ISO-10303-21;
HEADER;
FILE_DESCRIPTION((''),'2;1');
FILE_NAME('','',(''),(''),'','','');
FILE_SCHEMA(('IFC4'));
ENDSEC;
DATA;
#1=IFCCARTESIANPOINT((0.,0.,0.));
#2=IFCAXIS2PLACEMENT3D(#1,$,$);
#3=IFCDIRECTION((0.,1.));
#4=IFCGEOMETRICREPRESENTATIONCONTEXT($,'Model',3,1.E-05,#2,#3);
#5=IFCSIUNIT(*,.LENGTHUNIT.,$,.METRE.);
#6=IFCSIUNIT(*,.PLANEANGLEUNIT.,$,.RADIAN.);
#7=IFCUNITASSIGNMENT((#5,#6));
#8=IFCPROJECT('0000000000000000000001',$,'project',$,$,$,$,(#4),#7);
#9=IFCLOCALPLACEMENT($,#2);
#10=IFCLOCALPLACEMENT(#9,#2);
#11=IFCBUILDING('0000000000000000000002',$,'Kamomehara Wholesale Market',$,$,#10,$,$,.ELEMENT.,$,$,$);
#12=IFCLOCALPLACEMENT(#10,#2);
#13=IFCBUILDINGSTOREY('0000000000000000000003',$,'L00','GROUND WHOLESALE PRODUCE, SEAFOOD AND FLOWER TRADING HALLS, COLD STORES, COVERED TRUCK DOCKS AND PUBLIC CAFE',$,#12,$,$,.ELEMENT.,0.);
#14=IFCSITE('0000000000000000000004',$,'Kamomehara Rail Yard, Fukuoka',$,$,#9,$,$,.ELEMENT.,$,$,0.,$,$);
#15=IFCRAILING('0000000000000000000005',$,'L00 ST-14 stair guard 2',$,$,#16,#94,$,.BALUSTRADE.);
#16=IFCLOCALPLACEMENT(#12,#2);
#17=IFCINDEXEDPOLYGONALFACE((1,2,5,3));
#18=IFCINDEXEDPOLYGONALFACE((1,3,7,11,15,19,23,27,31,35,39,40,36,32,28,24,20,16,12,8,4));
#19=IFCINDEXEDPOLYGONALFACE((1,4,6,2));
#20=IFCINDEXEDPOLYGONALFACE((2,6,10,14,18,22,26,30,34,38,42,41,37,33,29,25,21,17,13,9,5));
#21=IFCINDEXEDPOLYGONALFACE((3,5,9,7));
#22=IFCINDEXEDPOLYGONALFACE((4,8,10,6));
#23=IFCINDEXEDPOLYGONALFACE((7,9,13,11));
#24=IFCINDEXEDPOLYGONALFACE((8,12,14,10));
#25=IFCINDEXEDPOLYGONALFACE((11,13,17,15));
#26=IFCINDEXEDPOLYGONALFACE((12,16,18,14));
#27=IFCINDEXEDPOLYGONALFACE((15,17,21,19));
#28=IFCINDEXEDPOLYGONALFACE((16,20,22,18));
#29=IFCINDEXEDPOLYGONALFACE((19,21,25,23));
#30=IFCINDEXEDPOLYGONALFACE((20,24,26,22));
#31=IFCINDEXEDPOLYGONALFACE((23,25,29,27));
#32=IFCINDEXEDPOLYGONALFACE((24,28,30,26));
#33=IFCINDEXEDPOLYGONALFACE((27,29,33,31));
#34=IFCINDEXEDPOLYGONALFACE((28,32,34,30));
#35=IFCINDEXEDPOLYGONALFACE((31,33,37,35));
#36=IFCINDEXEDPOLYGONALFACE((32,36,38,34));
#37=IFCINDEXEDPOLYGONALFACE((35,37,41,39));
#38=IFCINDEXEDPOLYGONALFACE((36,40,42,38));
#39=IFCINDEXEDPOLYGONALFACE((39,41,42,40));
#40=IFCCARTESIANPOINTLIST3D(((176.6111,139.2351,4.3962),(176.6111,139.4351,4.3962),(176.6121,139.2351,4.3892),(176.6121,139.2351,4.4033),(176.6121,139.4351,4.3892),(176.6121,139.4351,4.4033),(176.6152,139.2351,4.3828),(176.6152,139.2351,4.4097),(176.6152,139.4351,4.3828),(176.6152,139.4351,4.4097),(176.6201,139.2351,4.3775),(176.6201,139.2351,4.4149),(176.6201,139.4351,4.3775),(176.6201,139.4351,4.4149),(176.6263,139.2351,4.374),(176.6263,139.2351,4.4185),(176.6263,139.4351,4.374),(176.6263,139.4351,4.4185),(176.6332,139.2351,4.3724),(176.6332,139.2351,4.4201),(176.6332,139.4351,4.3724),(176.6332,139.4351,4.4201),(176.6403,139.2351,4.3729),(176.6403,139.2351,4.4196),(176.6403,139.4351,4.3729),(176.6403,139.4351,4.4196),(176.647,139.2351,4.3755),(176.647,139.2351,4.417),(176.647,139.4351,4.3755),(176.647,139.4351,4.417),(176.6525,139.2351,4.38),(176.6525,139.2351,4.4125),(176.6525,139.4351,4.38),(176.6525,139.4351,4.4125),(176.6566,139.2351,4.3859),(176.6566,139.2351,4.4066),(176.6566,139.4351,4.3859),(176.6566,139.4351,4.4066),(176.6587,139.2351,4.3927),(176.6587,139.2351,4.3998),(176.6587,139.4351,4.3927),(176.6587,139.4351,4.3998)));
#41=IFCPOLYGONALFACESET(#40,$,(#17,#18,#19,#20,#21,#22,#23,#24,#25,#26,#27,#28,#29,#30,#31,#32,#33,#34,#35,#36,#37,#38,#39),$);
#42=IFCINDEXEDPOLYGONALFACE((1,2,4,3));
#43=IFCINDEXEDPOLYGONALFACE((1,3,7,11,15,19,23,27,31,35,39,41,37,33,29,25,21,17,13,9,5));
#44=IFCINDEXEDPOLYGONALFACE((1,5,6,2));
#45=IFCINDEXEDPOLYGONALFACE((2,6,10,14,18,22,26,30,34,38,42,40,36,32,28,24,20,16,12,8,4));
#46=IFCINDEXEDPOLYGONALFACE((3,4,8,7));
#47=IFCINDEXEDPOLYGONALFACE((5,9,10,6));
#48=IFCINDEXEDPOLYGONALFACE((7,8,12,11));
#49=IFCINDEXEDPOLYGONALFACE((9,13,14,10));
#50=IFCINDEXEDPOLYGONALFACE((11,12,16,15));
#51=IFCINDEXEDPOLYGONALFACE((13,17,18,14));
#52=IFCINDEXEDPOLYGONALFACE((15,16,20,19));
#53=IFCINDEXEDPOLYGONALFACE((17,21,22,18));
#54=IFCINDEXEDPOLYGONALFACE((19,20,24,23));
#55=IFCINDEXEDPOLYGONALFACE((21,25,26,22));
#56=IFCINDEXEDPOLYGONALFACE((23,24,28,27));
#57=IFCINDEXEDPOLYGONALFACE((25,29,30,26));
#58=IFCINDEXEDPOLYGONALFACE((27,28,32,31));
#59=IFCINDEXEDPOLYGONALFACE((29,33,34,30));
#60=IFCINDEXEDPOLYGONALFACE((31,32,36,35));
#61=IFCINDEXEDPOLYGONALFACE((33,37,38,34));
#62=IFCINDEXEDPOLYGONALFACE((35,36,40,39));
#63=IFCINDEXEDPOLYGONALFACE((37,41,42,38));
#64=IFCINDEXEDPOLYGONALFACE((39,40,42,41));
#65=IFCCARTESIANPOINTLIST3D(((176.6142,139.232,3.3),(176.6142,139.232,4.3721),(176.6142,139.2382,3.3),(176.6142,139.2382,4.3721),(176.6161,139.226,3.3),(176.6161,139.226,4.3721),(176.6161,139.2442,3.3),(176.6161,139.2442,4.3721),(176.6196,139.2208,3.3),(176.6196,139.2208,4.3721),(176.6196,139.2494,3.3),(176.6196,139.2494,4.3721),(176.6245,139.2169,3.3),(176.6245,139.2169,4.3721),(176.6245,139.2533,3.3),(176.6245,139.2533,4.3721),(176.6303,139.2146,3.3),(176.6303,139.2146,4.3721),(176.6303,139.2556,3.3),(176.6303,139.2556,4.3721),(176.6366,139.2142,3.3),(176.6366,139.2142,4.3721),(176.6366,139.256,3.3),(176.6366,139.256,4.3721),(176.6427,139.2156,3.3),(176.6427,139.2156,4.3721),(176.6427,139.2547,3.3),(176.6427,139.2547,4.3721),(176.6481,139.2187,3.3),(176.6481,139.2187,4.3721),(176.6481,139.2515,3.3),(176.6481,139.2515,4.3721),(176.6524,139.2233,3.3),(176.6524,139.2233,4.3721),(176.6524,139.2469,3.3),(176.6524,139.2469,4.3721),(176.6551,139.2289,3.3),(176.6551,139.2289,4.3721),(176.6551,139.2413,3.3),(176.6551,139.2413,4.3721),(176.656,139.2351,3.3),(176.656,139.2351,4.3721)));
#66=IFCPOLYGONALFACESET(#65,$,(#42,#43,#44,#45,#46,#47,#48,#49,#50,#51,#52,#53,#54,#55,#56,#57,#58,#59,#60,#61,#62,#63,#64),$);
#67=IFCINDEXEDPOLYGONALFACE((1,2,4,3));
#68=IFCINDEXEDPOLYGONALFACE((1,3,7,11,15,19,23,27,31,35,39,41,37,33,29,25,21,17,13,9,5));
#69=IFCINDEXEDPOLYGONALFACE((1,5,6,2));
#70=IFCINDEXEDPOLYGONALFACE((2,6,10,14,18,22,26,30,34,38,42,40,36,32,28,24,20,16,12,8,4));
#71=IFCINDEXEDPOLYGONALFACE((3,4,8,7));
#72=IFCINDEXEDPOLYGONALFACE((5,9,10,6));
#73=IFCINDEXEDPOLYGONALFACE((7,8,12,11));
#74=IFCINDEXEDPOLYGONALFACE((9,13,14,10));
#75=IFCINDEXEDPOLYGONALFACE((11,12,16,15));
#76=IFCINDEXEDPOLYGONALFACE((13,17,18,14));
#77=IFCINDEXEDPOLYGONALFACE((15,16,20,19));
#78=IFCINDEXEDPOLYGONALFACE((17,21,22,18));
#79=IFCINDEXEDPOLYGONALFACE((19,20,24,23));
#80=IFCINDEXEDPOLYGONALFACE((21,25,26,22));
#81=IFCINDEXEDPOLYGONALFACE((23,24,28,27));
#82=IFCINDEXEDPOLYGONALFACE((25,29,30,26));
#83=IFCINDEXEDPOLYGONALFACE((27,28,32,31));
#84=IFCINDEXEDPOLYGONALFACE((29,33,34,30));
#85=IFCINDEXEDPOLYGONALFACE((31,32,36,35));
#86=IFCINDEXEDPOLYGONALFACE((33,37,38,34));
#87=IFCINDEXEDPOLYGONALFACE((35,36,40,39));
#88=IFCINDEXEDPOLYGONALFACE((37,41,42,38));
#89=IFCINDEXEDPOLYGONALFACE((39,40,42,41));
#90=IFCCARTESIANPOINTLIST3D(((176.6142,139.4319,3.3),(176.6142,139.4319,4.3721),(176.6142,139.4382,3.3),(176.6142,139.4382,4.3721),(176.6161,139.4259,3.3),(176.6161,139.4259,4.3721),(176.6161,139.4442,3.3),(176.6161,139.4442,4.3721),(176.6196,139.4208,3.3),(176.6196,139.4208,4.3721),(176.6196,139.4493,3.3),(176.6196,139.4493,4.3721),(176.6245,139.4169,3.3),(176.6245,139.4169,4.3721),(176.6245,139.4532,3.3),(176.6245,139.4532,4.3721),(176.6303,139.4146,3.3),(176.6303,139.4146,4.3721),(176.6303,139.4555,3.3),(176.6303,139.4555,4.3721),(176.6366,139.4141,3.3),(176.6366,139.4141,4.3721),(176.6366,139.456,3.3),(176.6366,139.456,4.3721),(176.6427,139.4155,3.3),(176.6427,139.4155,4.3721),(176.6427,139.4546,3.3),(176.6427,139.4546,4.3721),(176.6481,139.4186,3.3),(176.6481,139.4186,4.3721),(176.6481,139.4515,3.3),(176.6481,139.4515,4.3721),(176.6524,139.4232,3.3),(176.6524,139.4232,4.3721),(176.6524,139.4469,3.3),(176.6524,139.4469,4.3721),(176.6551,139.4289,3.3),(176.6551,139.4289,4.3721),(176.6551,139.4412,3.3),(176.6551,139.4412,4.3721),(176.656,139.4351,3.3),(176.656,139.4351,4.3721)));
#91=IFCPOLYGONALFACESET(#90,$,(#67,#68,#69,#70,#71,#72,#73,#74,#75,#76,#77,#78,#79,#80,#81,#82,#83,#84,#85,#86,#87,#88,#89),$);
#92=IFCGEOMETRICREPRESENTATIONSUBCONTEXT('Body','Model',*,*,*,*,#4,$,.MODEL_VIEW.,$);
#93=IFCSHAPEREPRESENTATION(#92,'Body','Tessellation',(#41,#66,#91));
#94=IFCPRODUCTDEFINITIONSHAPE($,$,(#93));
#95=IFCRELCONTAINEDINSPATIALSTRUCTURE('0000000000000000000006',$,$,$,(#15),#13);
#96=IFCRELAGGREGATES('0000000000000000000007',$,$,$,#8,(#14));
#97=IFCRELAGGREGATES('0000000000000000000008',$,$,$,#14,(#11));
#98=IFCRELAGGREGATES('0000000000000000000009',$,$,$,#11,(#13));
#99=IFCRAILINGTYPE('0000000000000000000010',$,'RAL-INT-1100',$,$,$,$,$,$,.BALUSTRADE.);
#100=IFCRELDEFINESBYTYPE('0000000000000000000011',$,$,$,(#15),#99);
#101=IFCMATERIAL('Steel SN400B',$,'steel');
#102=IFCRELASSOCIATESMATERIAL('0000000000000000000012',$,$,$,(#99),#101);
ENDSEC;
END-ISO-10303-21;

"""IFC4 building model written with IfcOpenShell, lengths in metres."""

from ifc_helpers import new_model, si_unit, direction, frame, origin, origin_2d, place, context, subcontext, project, spatial, circle, extrude, material, type_object, element, save


model = new_model("IFC4")

# Units and contexts
model_context = context("Model", 3, precision=1e-05, world=origin(), true_north=direction((0.0, 1.0)))
body_context = subcontext(model_context, "Body", "Model", "MODEL_VIEW")
ifc_project = project(units=[si_unit("LENGTHUNIT", "METRE"), si_unit("PLANEANGLEUNIT", "RADIAN")], contexts=[model_context])

# Site, building, storey
site_placement = place(None, origin())
site = spatial("IfcSite", under=ifc_project, at=site_placement, Name="Kamomehara Rail Yard, Fukuoka", CompositionType="ELEMENT", RefElevation=0.0)
building_placement = place(site_placement, origin())
building = spatial("IfcBuilding", under=site, at=building_placement, Name="Kamomehara Wholesale Market", CompositionType="ELEMENT")
storey_placement = place(building_placement, origin())
storey = spatial("IfcBuildingStorey", under=building, at=storey_placement, Name="L00", Description="GROUND WHOLESALE PRODUCE, SEAFOOD AND FLOWER TRADING HALLS, COLD STORES, COVERED TRUCK DOCKS AND PUBLIC CAFE", CompositionType="ELEMENT", Elevation=0.0)

# Railing
ifc_material_1 = material(Name="Steel SN400B", Category="steel")
railing_type_1 = type_object("IfcRailingType", Name="RAL-INT-1100", PredefinedType="BALUSTRADE", material=ifc_material_1)
railing_1_placement = place(storey_placement, frame((176.635, 139.2351, 3.3)))
element("IfcRailing", 1, at=railing_1_placement, inside=storey, type_object=railing_type_1, Name="L00 ST-14 stair guard 2", PredefinedType="BALUSTRADE", context=body_context, shape_type="SweptSolid", body=[
    extrude(circle(Radius=0.0239, at=origin_2d()), frame((0.0, 0.0, 1.0962), z_axis=(0.0, 1.0, 0.0), x_axis=(-1.0, 0.0, 0.0)), (0.0, 0.0, 1.0), 0.2),
    extrude(circle(Radius=0.021, at=origin_2d()), origin(), (0.0, 0.0, 1.0), 1.072),
    extrude(circle(Radius=0.021, at=origin_2d()), frame((0.0, 0.2, 0.0)), (0.0, 0.0, 1.0), 1.072),
])

save(model, "model.ifc")
